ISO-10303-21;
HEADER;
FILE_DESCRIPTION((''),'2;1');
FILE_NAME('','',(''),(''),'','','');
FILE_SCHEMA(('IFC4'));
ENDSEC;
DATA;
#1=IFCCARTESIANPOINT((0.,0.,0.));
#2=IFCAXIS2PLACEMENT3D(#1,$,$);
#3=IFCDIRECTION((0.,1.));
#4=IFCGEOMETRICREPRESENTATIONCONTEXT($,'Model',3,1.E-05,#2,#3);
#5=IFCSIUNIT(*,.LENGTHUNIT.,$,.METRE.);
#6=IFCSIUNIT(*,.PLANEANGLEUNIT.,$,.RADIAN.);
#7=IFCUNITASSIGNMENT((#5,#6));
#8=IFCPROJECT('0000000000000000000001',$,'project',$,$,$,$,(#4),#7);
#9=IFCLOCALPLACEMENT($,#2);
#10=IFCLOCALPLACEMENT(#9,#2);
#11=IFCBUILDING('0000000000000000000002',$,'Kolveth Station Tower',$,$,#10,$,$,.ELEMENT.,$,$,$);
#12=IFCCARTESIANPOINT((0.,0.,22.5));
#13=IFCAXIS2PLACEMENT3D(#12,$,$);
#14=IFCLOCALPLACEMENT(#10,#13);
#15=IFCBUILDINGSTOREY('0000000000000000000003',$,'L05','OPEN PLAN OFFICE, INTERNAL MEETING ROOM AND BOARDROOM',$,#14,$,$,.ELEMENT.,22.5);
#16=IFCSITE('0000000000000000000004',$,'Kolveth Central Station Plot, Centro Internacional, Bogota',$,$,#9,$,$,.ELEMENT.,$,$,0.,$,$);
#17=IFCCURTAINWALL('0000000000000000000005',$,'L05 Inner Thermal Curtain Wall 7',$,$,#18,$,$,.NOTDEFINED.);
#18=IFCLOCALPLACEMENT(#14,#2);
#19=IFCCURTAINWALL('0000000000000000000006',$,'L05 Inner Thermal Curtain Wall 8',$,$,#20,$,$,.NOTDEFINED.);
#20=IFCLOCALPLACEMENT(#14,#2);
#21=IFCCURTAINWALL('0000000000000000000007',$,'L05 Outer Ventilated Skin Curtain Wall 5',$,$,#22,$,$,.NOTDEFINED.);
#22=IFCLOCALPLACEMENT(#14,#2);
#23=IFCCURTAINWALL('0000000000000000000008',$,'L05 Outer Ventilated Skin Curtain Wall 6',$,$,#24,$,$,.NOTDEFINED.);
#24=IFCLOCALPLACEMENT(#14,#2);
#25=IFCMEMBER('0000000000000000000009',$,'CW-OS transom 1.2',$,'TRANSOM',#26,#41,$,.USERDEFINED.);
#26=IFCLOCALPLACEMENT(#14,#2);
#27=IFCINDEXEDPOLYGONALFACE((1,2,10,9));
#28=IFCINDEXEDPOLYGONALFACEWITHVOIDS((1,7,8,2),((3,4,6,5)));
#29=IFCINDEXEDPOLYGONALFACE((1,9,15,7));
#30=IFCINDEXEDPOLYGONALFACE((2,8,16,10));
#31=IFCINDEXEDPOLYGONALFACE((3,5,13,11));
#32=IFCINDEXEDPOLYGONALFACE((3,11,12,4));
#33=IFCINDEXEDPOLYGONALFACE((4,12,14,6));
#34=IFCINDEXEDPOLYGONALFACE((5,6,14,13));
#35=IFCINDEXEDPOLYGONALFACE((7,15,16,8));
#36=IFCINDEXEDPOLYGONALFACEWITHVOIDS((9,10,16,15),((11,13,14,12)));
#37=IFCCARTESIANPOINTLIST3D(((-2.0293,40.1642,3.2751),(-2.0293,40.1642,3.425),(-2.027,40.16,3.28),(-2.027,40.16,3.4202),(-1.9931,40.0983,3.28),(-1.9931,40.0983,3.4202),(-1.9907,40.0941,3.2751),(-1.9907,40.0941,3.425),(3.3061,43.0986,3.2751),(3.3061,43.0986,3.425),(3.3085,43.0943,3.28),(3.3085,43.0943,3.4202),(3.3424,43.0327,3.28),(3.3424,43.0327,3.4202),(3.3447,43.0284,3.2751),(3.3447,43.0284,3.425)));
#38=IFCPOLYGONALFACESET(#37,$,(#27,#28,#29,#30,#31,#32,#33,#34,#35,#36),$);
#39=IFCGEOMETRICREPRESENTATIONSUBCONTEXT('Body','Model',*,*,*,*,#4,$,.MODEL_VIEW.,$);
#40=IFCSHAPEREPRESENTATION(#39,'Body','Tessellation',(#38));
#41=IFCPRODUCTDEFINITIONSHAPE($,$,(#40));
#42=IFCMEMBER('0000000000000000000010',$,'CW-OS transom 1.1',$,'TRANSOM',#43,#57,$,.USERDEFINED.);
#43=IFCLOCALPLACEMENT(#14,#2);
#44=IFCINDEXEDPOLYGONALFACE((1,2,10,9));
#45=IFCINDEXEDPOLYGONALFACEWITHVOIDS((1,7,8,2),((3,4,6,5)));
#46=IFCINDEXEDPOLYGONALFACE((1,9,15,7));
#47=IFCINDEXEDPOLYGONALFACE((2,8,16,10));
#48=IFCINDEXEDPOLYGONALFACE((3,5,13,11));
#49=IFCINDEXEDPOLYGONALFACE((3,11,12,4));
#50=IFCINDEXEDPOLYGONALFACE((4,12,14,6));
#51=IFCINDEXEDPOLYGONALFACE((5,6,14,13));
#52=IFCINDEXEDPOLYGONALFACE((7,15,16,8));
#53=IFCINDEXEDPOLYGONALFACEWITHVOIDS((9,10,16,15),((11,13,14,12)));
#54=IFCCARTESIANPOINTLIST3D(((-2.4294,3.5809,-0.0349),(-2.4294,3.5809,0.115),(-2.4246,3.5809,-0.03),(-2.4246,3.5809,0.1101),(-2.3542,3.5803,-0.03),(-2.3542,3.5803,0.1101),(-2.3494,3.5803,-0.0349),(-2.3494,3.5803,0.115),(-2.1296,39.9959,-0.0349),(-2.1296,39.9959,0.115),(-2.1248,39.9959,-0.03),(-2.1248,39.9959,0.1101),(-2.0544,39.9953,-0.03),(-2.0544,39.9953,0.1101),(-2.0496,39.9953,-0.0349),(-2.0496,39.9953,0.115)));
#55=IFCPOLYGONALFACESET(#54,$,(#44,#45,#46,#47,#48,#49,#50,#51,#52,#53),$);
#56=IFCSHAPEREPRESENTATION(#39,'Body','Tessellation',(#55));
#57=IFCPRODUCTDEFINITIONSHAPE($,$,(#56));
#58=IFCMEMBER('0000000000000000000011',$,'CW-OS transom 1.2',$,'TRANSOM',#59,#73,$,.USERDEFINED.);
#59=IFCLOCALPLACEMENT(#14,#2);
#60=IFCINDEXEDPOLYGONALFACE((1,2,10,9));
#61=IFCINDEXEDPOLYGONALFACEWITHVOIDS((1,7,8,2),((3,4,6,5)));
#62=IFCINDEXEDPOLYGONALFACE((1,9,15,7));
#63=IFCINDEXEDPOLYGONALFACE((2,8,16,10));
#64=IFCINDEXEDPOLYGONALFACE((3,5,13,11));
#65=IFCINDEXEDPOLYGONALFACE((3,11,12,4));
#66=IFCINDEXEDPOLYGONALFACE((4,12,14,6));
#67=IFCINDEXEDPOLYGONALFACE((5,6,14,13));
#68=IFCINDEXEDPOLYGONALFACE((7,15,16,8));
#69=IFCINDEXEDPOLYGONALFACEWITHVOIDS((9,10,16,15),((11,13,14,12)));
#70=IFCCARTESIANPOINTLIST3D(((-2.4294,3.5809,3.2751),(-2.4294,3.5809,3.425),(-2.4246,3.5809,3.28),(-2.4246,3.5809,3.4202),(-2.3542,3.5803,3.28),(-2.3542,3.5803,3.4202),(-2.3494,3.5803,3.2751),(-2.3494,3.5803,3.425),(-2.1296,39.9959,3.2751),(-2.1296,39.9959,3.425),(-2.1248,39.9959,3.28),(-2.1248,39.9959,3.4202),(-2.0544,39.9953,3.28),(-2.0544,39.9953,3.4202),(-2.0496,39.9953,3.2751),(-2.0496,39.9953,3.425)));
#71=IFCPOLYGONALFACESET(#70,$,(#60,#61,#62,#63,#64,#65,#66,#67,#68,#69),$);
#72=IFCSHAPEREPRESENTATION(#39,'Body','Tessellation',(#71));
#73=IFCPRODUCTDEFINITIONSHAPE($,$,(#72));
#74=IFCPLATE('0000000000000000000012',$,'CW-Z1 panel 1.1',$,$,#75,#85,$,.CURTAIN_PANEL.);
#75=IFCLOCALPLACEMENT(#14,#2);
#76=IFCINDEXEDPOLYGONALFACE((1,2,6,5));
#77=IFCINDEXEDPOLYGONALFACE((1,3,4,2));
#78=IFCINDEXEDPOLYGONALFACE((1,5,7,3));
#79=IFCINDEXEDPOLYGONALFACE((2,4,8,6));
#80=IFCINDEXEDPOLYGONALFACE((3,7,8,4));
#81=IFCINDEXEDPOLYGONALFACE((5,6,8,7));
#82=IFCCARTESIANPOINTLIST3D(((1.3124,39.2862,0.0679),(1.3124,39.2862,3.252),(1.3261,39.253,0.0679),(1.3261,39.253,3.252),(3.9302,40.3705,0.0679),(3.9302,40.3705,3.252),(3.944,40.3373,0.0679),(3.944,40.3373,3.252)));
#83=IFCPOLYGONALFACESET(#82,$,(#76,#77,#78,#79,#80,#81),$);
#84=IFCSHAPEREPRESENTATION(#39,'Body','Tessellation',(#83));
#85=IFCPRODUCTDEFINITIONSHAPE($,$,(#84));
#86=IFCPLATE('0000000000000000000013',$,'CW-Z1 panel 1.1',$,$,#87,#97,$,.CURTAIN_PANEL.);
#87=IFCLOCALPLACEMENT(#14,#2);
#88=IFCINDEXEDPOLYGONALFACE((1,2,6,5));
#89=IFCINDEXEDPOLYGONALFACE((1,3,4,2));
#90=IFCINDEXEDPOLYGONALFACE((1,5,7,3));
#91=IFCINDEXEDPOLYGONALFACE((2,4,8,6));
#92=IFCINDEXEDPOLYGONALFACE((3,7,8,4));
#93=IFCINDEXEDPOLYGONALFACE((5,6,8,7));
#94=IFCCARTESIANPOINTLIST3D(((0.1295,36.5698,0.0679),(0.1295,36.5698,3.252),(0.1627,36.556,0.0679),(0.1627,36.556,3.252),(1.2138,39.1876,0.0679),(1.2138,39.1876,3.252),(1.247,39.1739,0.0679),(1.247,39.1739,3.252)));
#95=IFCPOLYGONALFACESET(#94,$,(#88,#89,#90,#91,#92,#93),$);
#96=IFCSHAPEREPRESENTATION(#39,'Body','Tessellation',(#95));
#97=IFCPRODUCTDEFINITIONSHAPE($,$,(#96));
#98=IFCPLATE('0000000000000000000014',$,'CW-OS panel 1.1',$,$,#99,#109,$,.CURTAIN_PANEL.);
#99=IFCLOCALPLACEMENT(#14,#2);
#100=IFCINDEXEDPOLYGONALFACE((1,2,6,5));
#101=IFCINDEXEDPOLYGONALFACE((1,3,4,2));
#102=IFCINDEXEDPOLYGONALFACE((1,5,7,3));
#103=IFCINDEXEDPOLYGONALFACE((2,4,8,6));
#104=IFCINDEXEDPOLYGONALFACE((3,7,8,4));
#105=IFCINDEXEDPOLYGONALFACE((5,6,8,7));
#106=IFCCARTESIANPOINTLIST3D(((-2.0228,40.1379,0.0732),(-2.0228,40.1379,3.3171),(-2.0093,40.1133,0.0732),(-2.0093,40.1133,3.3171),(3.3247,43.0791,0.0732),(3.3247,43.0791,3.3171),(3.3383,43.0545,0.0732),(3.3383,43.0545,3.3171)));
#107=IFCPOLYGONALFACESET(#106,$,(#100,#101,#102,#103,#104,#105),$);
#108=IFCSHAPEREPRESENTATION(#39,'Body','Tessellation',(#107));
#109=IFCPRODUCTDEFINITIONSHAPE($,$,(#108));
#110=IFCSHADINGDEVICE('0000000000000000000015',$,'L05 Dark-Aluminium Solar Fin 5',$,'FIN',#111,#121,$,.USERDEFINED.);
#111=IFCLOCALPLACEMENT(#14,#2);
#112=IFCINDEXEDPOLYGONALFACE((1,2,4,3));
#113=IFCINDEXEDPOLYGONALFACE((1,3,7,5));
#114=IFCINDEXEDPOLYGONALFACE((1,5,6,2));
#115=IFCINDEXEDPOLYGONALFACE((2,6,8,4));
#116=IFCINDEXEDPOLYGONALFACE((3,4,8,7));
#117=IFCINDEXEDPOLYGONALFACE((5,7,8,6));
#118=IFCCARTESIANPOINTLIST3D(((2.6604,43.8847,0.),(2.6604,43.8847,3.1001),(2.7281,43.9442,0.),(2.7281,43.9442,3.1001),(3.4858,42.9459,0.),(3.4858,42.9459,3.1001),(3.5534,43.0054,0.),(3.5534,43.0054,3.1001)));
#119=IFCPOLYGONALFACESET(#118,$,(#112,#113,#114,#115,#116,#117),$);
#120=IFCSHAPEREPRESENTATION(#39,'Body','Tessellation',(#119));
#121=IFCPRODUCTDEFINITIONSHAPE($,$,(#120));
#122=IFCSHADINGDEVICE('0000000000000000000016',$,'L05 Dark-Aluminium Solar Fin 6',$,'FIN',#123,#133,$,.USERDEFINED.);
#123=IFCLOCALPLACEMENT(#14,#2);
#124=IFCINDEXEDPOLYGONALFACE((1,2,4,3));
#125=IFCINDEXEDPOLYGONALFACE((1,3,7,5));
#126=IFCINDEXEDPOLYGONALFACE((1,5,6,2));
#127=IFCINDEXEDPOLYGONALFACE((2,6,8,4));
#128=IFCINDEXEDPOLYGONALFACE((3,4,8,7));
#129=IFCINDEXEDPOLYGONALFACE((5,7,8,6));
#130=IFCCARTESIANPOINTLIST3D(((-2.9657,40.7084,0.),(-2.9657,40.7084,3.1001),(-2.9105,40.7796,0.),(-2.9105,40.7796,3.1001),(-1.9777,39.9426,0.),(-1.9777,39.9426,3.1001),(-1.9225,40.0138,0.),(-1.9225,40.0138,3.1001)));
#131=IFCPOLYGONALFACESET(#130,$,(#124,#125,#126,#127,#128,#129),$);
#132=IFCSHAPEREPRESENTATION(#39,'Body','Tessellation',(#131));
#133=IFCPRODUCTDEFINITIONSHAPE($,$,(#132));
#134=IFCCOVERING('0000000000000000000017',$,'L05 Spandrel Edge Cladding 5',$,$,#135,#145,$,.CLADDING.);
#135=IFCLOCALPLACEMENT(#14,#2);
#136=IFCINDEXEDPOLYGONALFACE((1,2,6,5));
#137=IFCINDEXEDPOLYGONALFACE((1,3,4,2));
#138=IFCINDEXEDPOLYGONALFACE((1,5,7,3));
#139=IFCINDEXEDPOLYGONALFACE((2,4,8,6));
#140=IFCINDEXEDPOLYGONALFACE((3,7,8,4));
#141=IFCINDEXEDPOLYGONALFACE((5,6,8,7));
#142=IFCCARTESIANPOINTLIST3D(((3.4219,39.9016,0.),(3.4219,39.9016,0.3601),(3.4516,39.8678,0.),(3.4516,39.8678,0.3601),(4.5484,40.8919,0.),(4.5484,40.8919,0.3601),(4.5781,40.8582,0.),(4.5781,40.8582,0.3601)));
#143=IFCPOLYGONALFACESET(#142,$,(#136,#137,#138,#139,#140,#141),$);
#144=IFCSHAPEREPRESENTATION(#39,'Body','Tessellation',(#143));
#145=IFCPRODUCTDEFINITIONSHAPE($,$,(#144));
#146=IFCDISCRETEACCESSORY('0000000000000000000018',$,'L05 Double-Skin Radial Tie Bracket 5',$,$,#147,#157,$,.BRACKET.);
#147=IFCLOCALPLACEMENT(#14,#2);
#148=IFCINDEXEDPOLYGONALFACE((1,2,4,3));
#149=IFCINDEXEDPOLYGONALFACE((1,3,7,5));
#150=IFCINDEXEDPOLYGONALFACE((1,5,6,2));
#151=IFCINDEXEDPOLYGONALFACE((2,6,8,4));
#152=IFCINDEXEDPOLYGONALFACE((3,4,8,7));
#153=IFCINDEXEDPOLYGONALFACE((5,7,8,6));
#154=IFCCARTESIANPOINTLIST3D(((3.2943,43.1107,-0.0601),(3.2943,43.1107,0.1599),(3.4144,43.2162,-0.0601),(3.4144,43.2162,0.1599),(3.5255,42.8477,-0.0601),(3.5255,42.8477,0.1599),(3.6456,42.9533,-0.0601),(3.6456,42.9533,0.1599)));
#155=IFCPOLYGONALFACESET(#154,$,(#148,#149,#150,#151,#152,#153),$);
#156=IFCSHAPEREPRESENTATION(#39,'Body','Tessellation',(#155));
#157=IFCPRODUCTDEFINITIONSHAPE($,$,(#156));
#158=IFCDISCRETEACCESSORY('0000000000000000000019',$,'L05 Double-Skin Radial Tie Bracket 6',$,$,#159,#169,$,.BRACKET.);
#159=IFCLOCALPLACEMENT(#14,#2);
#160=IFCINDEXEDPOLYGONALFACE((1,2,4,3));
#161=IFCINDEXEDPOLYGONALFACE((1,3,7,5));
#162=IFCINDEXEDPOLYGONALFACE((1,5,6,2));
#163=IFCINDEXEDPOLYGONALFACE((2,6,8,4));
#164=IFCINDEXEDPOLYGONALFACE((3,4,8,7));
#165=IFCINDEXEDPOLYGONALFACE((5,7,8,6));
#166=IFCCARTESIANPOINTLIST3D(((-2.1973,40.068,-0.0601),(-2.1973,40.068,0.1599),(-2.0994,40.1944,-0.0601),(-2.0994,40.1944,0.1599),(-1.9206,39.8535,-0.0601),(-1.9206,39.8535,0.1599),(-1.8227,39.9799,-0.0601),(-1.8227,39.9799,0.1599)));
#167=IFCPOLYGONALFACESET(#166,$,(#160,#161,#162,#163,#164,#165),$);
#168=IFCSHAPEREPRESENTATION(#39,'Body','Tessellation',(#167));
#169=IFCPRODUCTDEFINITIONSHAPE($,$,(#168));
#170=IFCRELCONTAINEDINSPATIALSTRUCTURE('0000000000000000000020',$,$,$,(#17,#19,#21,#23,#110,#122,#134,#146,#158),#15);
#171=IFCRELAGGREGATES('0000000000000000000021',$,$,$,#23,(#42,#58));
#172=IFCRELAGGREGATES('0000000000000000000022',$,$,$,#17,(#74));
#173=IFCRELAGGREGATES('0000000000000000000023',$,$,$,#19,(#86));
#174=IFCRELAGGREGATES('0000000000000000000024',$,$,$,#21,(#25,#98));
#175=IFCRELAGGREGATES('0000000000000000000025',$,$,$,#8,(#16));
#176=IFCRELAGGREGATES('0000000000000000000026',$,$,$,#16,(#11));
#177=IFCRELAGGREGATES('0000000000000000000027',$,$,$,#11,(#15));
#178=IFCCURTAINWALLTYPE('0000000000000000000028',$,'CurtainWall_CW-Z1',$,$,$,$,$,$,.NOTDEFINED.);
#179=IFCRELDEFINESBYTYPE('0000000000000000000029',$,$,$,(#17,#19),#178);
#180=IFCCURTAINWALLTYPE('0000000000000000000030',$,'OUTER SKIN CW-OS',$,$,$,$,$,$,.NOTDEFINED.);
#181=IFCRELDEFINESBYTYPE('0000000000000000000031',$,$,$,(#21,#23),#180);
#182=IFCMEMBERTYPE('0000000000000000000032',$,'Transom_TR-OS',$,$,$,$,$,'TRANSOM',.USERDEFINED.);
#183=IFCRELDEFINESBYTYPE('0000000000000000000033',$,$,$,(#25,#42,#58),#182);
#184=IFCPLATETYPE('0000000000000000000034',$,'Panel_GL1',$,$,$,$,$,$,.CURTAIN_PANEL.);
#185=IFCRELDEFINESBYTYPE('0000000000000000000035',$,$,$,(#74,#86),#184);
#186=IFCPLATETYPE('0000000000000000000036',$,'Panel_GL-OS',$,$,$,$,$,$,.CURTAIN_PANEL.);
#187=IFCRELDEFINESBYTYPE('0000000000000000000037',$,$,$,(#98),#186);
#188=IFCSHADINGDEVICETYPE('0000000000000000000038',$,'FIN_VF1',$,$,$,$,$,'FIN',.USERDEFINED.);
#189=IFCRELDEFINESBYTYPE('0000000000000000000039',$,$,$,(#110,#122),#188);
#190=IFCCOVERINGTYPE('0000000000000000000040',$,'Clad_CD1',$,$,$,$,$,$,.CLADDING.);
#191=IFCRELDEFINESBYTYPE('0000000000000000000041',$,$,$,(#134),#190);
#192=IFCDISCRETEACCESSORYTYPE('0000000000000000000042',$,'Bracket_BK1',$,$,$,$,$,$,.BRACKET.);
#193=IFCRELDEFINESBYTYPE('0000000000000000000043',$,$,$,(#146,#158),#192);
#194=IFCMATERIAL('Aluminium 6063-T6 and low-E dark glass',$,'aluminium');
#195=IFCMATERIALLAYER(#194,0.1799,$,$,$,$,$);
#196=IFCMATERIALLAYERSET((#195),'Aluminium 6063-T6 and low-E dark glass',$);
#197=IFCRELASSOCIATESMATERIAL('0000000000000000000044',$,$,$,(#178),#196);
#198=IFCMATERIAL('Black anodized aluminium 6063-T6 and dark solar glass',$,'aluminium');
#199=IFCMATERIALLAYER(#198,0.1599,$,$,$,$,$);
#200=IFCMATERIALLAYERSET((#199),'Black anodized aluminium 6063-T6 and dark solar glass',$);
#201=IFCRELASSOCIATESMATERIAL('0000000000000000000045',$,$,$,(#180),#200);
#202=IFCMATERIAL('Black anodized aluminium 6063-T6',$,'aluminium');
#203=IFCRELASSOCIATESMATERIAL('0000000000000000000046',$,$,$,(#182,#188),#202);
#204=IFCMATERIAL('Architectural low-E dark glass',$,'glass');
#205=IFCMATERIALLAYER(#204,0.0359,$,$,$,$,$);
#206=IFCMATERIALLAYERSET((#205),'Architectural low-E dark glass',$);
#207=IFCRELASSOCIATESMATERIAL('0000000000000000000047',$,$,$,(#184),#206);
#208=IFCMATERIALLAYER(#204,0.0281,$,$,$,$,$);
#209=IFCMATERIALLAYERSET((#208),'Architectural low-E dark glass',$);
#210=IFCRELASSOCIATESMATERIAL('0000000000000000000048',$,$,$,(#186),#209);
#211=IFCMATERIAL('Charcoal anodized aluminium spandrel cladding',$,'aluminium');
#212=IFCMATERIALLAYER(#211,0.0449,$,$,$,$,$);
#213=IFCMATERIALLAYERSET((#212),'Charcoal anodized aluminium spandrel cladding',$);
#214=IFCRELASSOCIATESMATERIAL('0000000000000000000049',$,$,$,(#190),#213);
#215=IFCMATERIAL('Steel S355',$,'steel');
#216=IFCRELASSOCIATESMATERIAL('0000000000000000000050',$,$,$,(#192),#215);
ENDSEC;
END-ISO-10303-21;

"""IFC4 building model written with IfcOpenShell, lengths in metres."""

from ifc_helpers import new_model, si_unit, direction, frame, origin, origin_2d, place, context, subcontext, project, spatial, rectangle, hollow_rectangle, extrude, source, transform, mapped, material, layer, layer_set, material_profile, profile_set, type_object, element, aggregate, save


model = new_model("IFC4")

# Units and contexts
model_context = context("Model", 3, precision=1e-05, world=origin(), true_north=direction((0.0, 1.0)))
body_context = subcontext(model_context, "Body", "Model", "MODEL_VIEW")
ifc_project = project(units=[si_unit("LENGTHUNIT", "METRE"), si_unit("PLANEANGLEUNIT", "RADIAN")], contexts=[model_context])

# Site, building, storey
site_placement = place(None, origin())
site = spatial("IfcSite", under=ifc_project, at=site_placement, Name="Kolveth Central Station Plot, Centro Internacional, Bogota", CompositionType="ELEMENT", RefElevation=0.0)
building_placement = place(site_placement, origin())
building = spatial("IfcBuilding", under=site, at=building_placement, Name="Kolveth Station Tower", CompositionType="ELEMENT")
storey_placement = place(building_placement, frame((0.0, 0.0, 22.5)))
storey = spatial("IfcBuildingStorey", under=building, at=storey_placement, Name="L05", Description="OPEN PLAN OFFICE, INTERNAL MEETING ROOM AND BOARDROOM", CompositionType="ELEMENT", Elevation=22.5)

# Shared definitions
ifc_material_1 = material(Name="Steel S355", Category="steel")

# Curtain walls
ifc_material_2 = material(Name="Aluminium 6063-T6 and low-E dark glass", Category="aluminium")
ifc_layer_1 = layer(ifc_material_2, 0.1799)
ifc_layer_set_1 = layer_set([ifc_layer_1], Name="Aluminium 6063-T6 and low-E dark glass")
curtain_wall_type_1 = type_object("IfcCurtainWallType", Name="CurtainWall_CW-Z1", PredefinedType="NOTDEFINED", material=ifc_layer_set_1)
curtain_wall_1_placement = place(storey_placement, origin())
curtain_wall_1 = element("IfcCurtainWall", 1, at=curtain_wall_1_placement, inside=storey, type_object=curtain_wall_type_1, Name="L05 Inner Thermal Curtain Wall 7", PredefinedType="NOTDEFINED")
ifc_material_3 = material(Name="Black anodized aluminium 6063-T6", Category="aluminium")
curtain_wall_2_placement = place(storey_placement, origin())
curtain_wall_2 = element("IfcCurtainWall", 2, at=curtain_wall_2_placement, inside=storey, type_object=curtain_wall_type_1, Name="L05 Inner Thermal Curtain Wall 8", PredefinedType="NOTDEFINED")

# Shared definitions
ifc_material_4 = material(Name="Black anodized aluminium 6063-T6 and dark solar glass", Category="aluminium")
ifc_layer_2 = layer(ifc_material_4, 0.1599)
ifc_layer_set_2 = layer_set([ifc_layer_2], Name="Black anodized aluminium 6063-T6 and dark solar glass")
curtain_wall_type_2 = type_object("IfcCurtainWallType", Name="OUTER SKIN CW-OS", PredefinedType="NOTDEFINED", material=ifc_layer_set_2)

# Curtain wall
curtain_wall_3_placement = place(storey_placement, origin())
curtain_wall_3 = element("IfcCurtainWall", 3, at=curtain_wall_3_placement, inside=storey, type_object=curtain_wall_type_2, Name="L05 Outer Ventilated Skin Curtain Wall 5", PredefinedType="NOTDEFINED")

# Curtain wall
curtain_wall_4_placement = place(storey_placement, origin())
curtain_wall_4 = element("IfcCurtainWall", 4, at=curtain_wall_4_placement, inside=storey, type_object=curtain_wall_type_2, Name="L05 Outer Ventilated Skin Curtain Wall 6", PredefinedType="NOTDEFINED")

# Members
ifc_material_profile_1 = material_profile(ifc_material_3, hollow_rectangle(XDim=0.0801, YDim=0.1499, WallThickness=0.0049, at=origin_2d()), Name="ALU-80x150x5")
ifc_profile_set_1 = profile_set([ifc_material_profile_1], Name="Black anodized aluminium 6063-T6")
member_type_1 = type_object("IfcMemberType", Name="Transom_TR-OS", ElementType="TRANSOM", PredefinedType="USERDEFINED", material=ifc_profile_set_1)
shared_shape_1 = source(origin(), body_context, "Body", "SweptSolid", [
    extrude(hollow_rectangle(XDim=0.0801, YDim=0.1499, WallThickness=0.0049, at=origin_2d()), origin(), (0.0, 0.0, 1.0), 6.0891),
])
member_1_placement = place(storey_placement, frame((3.3254, 43.0635, 3.3501), z_axis=(-0.876228, -0.481897, 0.0), x_axis=(0.481897, -0.876228, 0.0)))
member_1 = element("IfcMember", 5, at=member_1_placement, type_object=member_type_1, Name="CW-OS transom 1.2", ObjectType="TRANSOM", PredefinedType="USERDEFINED", context=body_context, shape_type="MappedRepresentation", body=[
    mapped(shared_shape_1, transform((0.0, 0.0, 0.0), x_axis=(1.0, 0.0, 0.0), y_axis=(0.0, 1.0, 0.0), z_axis=(0.0, 0.0, 1.0), scale=1.0)),
])
shared_shape_2 = source(origin(), body_context, "Body", "SweptSolid", [
    extrude(hollow_rectangle(XDim=0.0801, YDim=0.1499, WallThickness=0.0049, at=origin_2d()), origin(), (0.0, 0.0, 1.0), 36.4163),
])
member_2_placement = place(storey_placement, frame((-2.0896, 39.9956, 0.04), z_axis=(-0.008233, -0.999966, 0.0), x_axis=(0.999966, -0.008233, 0.0)))
member_2 = element("IfcMember", 6, at=member_2_placement, type_object=member_type_1, Name="CW-OS transom 1.1", ObjectType="TRANSOM", PredefinedType="USERDEFINED", context=body_context, shape_type="MappedRepresentation", body=[
    mapped(shared_shape_2, transform((0.0, 0.0, 0.0), x_axis=(1.0, 0.0, 0.0), y_axis=(0.0, 1.0, 0.0), z_axis=(0.0, 0.0, 1.0), scale=1.0)),
])
member_3_placement = place(storey_placement, frame((-2.0896, 39.9956, 3.3501), z_axis=(-0.008233, -0.999966, 0.0), x_axis=(0.999966, -0.008233, 0.0)))
member_3 = element("IfcMember", 7, at=member_3_placement, type_object=member_type_1, Name="CW-OS transom 1.2", ObjectType="TRANSOM", PredefinedType="USERDEFINED", context=body_context, shape_type="MappedRepresentation", body=[
    mapped(shared_shape_2, transform((0.0, 0.0, 0.0), x_axis=(1.0, 0.0, 0.0), y_axis=(0.0, 1.0, 0.0), z_axis=(0.0, 0.0, 1.0), scale=1.0)),
])
aggregate(curtain_wall_4, [member_2, member_3])

# Plates
ifc_material_5 = material(Name="Architectural low-E dark glass", Category="glass")
ifc_layer_3 = layer(ifc_material_5, 0.0359)
ifc_layer_set_3 = layer_set([ifc_layer_3], Name="Architectural low-E dark glass")
plate_type_1 = type_object("IfcPlateType", Name="Panel_GL1", PredefinedType="CURTAIN_PANEL", material=ifc_layer_set_3)
shared_shape_3 = source(origin(), body_context, "Body", "SweptSolid", [
    extrude(rectangle(XDim=2.8335, YDim=0.0359, at=origin_2d()), origin(), (0.0, 0.0, 1.0), 3.1841),
])
plate_1_placement = place(storey_placement, frame((2.6282, 39.8118, 0.0679), z_axis=(0.0, 0.0, 1.0), x_axis=(-0.923884, -0.382673, 0.0)))
plate_1 = element("IfcPlate", 8, at=plate_1_placement, type_object=plate_type_1, Name="CW-Z1 panel 1.1", PredefinedType="CURTAIN_PANEL", context=body_context, shape_type="MappedRepresentation", body=[
    mapped(shared_shape_3, transform((0.0, 0.0, 0.0), x_axis=(1.0, 0.0, 0.0), y_axis=(0.0, 1.0, 0.0), z_axis=(0.0, 0.0, 1.0), scale=1.0)),
])
aggregate(curtain_wall_1, [plate_1])
plate_2_placement = place(storey_placement, frame((0.6882, 37.8718, 0.0679), z_axis=(0.0, 0.0, 1.0), x_axis=(-0.382673, -0.923884, 0.0)))
plate_2 = element("IfcPlate", 9, at=plate_2_placement, type_object=plate_type_1, Name="CW-Z1 panel 1.1", PredefinedType="CURTAIN_PANEL", context=body_context, shape_type="MappedRepresentation", body=[
    mapped(shared_shape_3, transform((0.0, 0.0, 0.0), x_axis=(1.0, 0.0, 0.0), y_axis=(0.0, 1.0, 0.0), z_axis=(0.0, 0.0, 1.0), scale=1.0)),
])
aggregate(curtain_wall_2, [plate_2])
ifc_layer_4 = layer(ifc_material_5, 0.0281)
ifc_layer_set_4 = layer_set([ifc_layer_4], Name="Architectural low-E dark glass")
plate_type_2 = type_object("IfcPlateType", Name="Panel_GL-OS", PredefinedType="CURTAIN_PANEL", material=ifc_layer_set_4)
shared_shape_4 = source(origin(), body_context, "Body", "SweptSolid", [
    extrude(rectangle(XDim=6.103, YDim=0.0281, at=origin_2d()), origin(), (0.0, 0.0, 1.0), 3.2439),
])
plate_3_placement = place(storey_placement, frame((0.6577, 41.5962, 0.0732), z_axis=(0.0, 0.0, 1.0), x_axis=(-0.876219, -0.481913, 0.0)))
plate_3 = element("IfcPlate", 10, at=plate_3_placement, type_object=plate_type_2, Name="CW-OS panel 1.1", PredefinedType="CURTAIN_PANEL", context=body_context, shape_type="MappedRepresentation", body=[
    mapped(shared_shape_4, transform((0.0, 0.0, 0.0), x_axis=(1.0, 0.0, 0.0), y_axis=(0.0, 1.0, 0.0), z_axis=(0.0, 0.0, 1.0), scale=1.0)),
])
aggregate(curtain_wall_3, [member_1, plate_3])

# Shading devices
shading_device_type = type_object("IfcShadingDeviceType", Name="FIN_VF1", ElementType="FIN", PredefinedType="USERDEFINED", material=ifc_material_3)
shared_shape_5 = source(origin(), body_context, "Body", "SweptSolid", [
    extrude(rectangle(XDim=1.25, YDim=0.0901, at=origin_2d()), origin(), (0.0, 0.0, 1.0), 3.1001),
])
for number, where, z_axis, x_axis, name in (
    (11, (3.1069, 43.4451, 0.0), (0.0, 0.0, 1.0), (-0.660264, 0.751034, 0.0), "L05 Dark-Aluminium Solar Fin 5"),
    (12, (-2.4441, 40.3611, 0.0), (0.0, 0.0, 1.0), (-0.790369, 0.612631, 0.0), "L05 Dark-Aluminium Solar Fin 6"),
):
    element("IfcShadingDevice", number, at=place(storey_placement, frame(where, z_axis=z_axis, x_axis=x_axis)), inside=storey, type_object=shading_device_type, Name=name, ObjectType="FIN", PredefinedType="USERDEFINED", context=body_context, shape_type="MappedRepresentation", body=[
        mapped(shared_shape_5, transform((0.0, 0.0, 0.0), x_axis=(1.0, 0.0, 0.0), y_axis=(0.0, 1.0, 0.0), z_axis=(0.0, 0.0, 1.0), scale=1.0)),
    ])

# Covering
ifc_material_6 = material(Name="Charcoal anodized aluminium spandrel cladding", Category="aluminium")
ifc_layer_5 = layer(ifc_material_6, 0.0449)
ifc_layer_set_5 = layer_set([ifc_layer_5], Name="Charcoal anodized aluminium spandrel cladding")
covering_type = type_object("IfcCoveringType", Name="Clad_CD1", PredefinedType="CLADDING", material=ifc_layer_set_5)
shared_shape_6 = source(origin(), body_context, "Body", "SweptSolid", [
    extrude(rectangle(XDim=1.5, YDim=0.0449, at=origin_2d()), origin(), (0.0, 0.0, 1.0), 0.3601),
])
covering_placement = place(storey_placement, frame((4.0, 40.3799, 0.0), z_axis=(0.0, 0.0, 1.0), x_axis=(-0.751034, -0.660264, 0.0)))
element("IfcCovering", 13, at=covering_placement, inside=storey, type_object=covering_type, Name="L05 Spandrel Edge Cladding 5", PredefinedType="CLADDING", context=body_context, shape_type="MappedRepresentation", body=[
    mapped(shared_shape_6, transform((0.0, 0.0, 0.0), x_axis=(1.0, 0.0, 0.0), y_axis=(0.0, 1.0, 0.0), z_axis=(0.0, 0.0, 1.0), scale=1.0)),
])

# Discrete accessories
discrete_accessory_type = type_object("IfcDiscreteAccessoryType", Name="Bracket_BK1", PredefinedType="BRACKET", material=ifc_material_1)
shared_shape_7 = source(origin(), body_context, "Body", "SweptSolid", [
    extrude(rectangle(XDim=0.3501, YDim=0.1599, at=origin_2d()), origin(), (0.0, 0.0, 1.0), 0.22),
])
for number, where, z_axis, x_axis, name in (
    (14, (3.47, 43.032, -0.0601), (0.0, 0.0, 1.0), (-0.660264, 0.751034, 0.0), "L05 Double-Skin Radial Tie Bracket 5"),
    (15, (-2.01, 40.0239, -0.0601), (0.0, 0.0, 1.0), (-0.790369, 0.612631, 0.0), "L05 Double-Skin Radial Tie Bracket 6"),
):
    element("IfcDiscreteAccessory", number, at=place(storey_placement, frame(where, z_axis=z_axis, x_axis=x_axis)), inside=storey, type_object=discrete_accessory_type, Name=name, PredefinedType="BRACKET", context=body_context, shape_type="MappedRepresentation", body=[
        mapped(shared_shape_7, transform((0.0, 0.0, 0.0), x_axis=(1.0, 0.0, 0.0), y_axis=(0.0, 1.0, 0.0), z_axis=(0.0, 0.0, 1.0), scale=1.0)),
    ])

save(model, "model.ifc")
